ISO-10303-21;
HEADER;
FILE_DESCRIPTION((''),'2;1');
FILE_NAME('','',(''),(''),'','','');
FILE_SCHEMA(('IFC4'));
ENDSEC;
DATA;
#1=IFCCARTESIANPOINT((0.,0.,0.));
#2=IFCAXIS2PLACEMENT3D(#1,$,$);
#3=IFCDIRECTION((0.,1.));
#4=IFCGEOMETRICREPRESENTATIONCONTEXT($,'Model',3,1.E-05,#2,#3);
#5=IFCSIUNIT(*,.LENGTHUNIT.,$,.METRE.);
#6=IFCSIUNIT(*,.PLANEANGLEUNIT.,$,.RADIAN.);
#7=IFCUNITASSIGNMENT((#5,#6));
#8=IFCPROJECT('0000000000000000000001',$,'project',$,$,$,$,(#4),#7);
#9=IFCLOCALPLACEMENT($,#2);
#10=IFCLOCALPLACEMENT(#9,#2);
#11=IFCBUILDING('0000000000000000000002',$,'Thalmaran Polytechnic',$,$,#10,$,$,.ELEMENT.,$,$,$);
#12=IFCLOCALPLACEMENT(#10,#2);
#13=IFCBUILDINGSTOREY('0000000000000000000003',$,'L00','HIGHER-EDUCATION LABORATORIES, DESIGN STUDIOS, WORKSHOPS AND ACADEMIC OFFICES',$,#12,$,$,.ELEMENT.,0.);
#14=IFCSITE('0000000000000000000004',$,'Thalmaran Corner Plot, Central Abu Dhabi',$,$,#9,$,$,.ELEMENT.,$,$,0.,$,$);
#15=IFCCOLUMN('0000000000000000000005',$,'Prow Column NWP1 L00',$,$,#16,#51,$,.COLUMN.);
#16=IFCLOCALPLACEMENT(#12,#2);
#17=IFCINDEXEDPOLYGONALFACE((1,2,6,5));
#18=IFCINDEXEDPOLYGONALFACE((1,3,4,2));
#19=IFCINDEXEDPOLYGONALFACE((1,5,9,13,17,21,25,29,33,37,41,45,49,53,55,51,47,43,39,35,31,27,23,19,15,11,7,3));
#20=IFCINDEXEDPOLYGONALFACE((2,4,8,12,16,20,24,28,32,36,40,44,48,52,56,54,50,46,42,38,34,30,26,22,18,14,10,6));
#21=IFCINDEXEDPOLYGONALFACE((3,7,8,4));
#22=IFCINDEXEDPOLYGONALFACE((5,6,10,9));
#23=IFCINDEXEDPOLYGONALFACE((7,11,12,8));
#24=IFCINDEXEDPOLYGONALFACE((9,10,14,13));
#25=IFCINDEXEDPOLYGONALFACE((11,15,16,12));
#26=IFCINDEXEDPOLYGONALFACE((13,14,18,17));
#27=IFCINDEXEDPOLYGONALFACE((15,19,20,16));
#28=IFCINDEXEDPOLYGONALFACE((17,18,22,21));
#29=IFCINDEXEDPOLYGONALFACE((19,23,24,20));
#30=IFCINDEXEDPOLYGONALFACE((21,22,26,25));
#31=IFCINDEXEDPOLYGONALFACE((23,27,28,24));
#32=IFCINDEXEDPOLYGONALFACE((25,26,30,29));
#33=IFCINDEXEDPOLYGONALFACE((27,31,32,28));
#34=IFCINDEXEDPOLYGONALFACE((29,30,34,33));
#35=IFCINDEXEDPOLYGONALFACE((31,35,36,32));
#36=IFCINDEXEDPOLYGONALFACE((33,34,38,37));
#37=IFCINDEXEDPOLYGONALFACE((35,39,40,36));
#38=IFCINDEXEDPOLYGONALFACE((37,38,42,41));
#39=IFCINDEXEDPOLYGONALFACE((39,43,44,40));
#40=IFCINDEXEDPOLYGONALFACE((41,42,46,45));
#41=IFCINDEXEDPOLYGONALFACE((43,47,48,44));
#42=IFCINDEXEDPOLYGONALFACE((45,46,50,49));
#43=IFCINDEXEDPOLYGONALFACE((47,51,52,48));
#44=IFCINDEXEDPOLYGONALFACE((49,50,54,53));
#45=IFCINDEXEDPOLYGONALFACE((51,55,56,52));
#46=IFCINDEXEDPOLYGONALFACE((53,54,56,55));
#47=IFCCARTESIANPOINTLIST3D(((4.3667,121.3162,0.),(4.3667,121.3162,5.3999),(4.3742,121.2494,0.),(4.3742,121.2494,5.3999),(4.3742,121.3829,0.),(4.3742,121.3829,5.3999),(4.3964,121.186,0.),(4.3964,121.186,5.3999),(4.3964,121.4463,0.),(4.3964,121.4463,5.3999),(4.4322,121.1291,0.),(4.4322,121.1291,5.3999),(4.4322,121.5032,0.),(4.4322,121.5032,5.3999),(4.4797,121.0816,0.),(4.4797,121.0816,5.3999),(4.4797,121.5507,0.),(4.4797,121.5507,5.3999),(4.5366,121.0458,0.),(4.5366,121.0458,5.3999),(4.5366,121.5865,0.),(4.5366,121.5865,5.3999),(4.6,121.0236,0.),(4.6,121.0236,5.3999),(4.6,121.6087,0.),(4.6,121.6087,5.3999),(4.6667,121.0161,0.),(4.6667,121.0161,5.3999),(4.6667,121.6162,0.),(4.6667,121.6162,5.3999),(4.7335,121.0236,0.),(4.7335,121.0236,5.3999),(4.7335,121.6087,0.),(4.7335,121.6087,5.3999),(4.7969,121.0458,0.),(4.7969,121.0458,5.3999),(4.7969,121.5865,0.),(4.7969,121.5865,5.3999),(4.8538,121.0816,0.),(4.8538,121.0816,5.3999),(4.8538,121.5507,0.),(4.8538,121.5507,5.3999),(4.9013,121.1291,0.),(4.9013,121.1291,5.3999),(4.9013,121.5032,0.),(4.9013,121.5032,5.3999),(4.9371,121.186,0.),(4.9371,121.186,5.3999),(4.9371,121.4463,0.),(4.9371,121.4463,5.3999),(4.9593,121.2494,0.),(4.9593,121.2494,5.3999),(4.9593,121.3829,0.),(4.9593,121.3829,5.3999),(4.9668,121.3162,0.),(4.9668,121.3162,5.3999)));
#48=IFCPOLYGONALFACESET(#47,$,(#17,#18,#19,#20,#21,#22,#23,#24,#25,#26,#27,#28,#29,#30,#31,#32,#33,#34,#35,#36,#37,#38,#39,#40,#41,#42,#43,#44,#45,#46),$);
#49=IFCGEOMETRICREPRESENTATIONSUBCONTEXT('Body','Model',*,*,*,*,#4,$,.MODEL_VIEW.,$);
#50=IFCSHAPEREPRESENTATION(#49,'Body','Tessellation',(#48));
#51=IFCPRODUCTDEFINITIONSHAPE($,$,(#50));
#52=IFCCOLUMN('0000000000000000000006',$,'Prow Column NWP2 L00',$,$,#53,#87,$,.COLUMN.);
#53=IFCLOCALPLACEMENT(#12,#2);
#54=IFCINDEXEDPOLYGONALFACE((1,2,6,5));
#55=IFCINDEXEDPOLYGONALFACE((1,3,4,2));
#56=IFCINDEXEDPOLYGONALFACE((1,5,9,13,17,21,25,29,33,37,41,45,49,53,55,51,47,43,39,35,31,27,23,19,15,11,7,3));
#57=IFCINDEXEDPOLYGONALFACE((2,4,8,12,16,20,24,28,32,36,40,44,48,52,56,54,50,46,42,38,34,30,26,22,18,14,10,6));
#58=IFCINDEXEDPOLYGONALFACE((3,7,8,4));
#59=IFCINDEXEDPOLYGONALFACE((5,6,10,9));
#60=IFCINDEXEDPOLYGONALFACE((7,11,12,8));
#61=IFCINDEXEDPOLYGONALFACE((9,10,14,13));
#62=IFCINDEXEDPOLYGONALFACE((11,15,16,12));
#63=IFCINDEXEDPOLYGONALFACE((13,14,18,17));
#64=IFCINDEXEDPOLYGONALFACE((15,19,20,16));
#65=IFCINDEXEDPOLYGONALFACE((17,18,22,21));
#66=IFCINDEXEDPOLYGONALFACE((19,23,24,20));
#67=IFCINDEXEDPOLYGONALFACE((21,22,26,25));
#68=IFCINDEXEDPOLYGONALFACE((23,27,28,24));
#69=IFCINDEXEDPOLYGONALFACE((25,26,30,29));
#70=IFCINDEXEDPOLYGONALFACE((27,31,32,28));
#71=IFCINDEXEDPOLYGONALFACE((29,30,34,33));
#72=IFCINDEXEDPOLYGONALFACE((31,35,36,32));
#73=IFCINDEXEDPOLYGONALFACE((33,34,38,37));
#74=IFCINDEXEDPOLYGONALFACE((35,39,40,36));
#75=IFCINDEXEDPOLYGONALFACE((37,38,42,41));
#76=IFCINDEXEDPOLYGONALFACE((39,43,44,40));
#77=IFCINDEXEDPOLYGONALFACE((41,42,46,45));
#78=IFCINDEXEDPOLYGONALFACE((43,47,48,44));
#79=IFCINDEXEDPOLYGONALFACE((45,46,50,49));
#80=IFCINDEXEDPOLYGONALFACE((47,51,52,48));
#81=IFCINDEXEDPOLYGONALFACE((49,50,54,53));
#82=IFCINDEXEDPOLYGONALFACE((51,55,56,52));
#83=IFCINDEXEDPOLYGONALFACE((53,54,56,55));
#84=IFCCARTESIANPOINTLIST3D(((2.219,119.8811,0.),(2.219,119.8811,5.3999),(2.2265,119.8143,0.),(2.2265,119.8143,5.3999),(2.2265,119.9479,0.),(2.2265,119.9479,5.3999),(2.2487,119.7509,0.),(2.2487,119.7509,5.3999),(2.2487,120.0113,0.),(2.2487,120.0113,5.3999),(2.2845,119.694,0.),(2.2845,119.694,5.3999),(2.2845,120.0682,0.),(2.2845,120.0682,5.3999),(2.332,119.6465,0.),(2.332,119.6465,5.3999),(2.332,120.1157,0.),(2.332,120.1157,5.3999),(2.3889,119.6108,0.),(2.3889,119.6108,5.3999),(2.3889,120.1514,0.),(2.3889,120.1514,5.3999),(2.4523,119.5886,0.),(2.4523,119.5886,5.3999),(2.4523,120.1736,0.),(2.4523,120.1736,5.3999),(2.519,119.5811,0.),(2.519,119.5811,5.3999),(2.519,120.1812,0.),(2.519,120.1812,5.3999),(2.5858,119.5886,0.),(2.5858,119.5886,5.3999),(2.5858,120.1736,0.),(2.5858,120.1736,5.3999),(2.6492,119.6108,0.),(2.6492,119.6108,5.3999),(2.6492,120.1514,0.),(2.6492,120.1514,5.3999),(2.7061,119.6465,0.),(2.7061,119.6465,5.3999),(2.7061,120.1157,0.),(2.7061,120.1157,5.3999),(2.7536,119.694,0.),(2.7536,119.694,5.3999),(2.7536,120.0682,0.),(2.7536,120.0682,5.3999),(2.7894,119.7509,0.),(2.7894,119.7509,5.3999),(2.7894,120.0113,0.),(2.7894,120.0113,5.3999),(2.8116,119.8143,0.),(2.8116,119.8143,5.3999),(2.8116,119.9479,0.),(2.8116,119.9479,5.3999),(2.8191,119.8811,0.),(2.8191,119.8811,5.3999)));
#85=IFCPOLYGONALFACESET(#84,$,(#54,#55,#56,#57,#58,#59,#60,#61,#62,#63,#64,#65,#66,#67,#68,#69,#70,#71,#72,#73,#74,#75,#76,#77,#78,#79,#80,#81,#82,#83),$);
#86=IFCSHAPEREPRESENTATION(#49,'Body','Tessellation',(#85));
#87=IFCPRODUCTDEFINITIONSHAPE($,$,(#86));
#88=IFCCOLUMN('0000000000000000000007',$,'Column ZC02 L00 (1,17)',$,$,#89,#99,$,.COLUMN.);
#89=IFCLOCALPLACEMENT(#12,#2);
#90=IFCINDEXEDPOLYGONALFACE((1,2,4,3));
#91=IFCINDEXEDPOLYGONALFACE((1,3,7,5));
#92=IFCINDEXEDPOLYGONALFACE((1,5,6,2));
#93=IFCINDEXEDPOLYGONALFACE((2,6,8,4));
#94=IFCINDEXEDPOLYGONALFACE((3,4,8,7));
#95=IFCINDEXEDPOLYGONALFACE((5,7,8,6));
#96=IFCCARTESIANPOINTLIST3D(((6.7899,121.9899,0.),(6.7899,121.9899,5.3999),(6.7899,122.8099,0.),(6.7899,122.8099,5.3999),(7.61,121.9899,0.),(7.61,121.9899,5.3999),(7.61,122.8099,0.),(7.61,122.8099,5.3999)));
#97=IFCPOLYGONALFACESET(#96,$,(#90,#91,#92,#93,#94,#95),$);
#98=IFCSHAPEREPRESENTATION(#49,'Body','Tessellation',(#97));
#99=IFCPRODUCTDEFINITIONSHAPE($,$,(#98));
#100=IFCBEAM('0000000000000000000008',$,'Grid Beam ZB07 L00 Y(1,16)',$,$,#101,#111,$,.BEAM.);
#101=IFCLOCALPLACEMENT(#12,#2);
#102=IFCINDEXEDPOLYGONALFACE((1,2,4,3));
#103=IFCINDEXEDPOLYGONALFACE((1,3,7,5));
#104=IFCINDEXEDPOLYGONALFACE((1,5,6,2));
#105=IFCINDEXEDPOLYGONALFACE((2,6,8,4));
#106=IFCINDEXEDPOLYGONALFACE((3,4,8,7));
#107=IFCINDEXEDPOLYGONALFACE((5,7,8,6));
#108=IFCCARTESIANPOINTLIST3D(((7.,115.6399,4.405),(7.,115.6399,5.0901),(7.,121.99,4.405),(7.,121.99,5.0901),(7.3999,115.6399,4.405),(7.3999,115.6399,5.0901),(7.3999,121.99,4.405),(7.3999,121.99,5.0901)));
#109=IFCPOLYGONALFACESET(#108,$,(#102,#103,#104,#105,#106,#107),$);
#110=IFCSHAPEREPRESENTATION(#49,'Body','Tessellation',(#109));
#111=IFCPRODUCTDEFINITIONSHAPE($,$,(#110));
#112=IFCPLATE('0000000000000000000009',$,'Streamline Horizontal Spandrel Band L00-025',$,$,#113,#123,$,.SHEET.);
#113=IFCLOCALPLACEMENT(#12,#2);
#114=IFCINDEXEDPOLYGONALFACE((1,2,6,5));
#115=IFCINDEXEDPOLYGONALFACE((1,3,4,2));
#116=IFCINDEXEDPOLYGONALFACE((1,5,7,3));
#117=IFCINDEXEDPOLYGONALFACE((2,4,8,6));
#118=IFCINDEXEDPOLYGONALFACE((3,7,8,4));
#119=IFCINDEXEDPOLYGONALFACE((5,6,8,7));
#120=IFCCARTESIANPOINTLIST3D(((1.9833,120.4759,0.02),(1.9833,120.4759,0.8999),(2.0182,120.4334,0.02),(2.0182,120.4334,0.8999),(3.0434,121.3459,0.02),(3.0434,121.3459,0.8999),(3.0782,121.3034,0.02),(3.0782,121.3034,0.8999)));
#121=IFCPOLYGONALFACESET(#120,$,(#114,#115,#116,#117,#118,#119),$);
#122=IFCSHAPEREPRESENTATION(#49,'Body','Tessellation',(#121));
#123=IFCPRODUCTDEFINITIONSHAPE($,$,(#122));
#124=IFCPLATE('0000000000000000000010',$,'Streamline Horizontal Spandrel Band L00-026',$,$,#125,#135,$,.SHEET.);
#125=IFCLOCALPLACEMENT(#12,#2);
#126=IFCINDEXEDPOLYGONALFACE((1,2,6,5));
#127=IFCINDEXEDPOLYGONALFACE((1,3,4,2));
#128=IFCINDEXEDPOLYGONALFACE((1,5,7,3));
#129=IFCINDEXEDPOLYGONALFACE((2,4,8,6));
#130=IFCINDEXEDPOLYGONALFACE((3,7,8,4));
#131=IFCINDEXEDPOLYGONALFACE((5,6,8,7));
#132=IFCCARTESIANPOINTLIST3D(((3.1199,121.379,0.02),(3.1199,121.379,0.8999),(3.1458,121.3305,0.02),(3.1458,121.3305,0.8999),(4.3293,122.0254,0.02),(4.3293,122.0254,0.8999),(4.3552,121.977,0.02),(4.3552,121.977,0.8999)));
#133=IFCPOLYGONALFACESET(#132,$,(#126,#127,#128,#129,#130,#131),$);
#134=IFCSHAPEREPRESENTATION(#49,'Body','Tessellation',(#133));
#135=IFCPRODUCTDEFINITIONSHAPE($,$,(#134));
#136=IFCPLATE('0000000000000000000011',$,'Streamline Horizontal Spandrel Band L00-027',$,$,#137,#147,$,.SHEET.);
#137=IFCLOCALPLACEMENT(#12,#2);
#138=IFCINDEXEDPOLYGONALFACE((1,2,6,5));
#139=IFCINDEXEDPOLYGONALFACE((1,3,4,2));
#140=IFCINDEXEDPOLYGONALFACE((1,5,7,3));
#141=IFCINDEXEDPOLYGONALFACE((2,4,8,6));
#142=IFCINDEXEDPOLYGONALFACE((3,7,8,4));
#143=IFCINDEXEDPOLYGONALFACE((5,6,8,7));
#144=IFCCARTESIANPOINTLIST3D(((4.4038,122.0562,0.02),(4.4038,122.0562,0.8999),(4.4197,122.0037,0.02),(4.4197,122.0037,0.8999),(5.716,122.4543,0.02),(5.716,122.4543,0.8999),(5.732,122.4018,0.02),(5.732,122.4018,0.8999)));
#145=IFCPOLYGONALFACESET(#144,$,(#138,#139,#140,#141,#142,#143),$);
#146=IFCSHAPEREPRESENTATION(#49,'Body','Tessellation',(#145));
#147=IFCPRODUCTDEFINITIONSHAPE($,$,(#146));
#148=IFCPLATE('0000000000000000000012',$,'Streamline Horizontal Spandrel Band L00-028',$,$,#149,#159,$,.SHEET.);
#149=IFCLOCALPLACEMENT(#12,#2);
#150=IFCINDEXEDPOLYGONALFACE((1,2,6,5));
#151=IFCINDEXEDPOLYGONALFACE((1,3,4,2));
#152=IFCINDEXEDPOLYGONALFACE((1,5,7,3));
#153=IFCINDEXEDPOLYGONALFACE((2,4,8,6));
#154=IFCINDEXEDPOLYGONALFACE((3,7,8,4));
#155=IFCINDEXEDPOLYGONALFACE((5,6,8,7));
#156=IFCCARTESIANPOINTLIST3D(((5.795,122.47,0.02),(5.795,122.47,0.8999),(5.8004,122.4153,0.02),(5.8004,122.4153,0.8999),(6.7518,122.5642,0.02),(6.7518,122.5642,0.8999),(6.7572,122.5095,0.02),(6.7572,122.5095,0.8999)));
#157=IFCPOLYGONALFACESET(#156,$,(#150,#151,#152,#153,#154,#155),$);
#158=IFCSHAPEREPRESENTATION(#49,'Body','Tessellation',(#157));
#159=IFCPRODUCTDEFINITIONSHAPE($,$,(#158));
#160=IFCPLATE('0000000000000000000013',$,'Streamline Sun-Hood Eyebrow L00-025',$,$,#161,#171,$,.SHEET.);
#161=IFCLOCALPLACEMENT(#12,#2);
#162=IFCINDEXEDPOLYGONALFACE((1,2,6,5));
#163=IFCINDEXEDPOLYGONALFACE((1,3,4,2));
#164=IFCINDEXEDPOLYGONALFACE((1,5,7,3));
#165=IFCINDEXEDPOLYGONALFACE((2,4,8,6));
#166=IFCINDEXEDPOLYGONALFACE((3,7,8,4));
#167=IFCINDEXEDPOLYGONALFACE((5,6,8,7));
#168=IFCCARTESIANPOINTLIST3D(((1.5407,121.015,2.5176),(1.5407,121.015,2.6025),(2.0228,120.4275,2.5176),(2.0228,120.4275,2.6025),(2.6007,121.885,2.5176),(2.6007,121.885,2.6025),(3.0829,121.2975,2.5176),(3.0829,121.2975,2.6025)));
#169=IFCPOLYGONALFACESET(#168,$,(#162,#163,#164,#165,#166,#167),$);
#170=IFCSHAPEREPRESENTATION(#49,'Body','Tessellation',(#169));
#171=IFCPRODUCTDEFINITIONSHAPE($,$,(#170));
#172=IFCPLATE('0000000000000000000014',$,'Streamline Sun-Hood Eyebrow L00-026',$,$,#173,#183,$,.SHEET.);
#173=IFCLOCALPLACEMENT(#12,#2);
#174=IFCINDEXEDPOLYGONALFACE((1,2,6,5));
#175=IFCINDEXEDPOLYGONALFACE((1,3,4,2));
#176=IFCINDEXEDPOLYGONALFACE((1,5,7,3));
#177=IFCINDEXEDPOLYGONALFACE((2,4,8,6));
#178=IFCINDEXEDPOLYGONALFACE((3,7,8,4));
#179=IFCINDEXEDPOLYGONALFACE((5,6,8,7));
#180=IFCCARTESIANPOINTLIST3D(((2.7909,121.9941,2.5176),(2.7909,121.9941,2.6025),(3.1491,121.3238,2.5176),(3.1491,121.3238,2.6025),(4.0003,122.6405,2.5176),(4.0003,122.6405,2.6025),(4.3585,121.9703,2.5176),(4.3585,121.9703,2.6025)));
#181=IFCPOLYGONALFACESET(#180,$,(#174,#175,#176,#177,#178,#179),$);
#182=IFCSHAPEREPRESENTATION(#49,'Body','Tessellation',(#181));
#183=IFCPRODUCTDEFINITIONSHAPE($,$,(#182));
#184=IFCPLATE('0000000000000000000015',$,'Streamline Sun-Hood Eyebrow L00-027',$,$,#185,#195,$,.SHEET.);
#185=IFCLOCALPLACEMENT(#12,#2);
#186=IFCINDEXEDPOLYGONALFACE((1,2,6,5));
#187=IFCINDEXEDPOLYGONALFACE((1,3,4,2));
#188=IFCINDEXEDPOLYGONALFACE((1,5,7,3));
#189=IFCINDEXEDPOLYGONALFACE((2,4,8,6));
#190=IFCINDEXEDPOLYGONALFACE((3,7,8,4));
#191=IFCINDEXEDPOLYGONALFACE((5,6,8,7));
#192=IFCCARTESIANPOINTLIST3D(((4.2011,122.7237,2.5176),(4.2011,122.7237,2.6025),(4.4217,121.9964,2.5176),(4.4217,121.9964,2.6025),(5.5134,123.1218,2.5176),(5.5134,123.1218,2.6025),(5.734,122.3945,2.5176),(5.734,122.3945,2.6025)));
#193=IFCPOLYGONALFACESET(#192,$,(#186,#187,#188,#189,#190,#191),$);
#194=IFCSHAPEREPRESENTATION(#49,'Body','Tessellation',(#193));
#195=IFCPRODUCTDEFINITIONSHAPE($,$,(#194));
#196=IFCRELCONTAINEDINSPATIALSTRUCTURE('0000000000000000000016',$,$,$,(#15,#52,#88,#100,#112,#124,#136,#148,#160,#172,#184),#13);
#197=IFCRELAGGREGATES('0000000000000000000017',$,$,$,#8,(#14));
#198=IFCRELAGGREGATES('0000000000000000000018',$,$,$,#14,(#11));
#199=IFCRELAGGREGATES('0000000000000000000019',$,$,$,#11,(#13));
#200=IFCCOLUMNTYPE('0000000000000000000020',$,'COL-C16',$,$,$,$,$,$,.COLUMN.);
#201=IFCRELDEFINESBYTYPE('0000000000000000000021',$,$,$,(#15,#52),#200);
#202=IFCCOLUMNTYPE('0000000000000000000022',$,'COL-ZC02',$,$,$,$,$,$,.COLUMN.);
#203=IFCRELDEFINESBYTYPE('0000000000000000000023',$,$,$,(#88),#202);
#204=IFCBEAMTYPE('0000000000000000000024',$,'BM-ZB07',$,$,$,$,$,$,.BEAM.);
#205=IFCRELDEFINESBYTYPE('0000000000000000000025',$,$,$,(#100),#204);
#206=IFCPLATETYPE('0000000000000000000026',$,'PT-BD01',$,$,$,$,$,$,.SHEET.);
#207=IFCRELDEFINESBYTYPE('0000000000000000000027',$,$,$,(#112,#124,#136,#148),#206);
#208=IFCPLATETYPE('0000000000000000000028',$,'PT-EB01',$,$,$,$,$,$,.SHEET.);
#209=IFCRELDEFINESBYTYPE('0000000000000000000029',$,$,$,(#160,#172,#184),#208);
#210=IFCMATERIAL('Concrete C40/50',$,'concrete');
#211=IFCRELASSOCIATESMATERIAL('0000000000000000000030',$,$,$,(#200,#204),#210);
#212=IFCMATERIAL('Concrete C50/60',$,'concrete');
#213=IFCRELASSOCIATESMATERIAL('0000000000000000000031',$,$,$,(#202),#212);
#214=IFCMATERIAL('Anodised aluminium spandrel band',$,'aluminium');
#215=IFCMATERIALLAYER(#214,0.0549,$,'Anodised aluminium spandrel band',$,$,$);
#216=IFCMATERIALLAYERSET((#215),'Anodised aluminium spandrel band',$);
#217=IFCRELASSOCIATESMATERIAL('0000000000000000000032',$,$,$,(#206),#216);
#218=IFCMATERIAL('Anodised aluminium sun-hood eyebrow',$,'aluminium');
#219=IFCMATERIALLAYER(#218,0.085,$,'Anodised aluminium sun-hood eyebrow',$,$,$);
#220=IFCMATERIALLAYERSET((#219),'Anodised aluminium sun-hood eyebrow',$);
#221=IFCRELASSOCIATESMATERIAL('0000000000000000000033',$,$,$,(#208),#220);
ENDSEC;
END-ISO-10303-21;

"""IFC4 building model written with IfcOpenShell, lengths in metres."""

from ifc_helpers import new_model, si_unit, direction, frame, origin, origin_2d, place, context, subcontext, project, spatial, rectangle, circle, extrude, material, layer, layer_set, material_profile, profile_set, type_object, element, save


model = new_model("IFC4")

# Units and contexts
model_context = context("Model", 3, precision=1e-05, world=origin(), true_north=direction((0.0, 1.0)))
body_context = subcontext(model_context, "Body", "Model", "MODEL_VIEW")
ifc_project = project(units=[si_unit("LENGTHUNIT", "METRE"), si_unit("PLANEANGLEUNIT", "RADIAN")], contexts=[model_context])

# Site, building, storey
site_placement = place(None, origin())
site = spatial("IfcSite", under=ifc_project, at=site_placement, Name="Thalmaran Corner Plot, Central Abu Dhabi", CompositionType="ELEMENT", RefElevation=0.0)
building_placement = place(site_placement, origin())
building = spatial("IfcBuilding", under=site, at=building_placement, Name="Thalmaran Polytechnic", CompositionType="ELEMENT")
storey_placement = place(building_placement, origin())
storey = spatial("IfcBuildingStorey", under=building, at=storey_placement, Name="L00", Description="HIGHER-EDUCATION LABORATORIES, DESIGN STUDIOS, WORKSHOPS AND ACADEMIC OFFICES", CompositionType="ELEMENT", Elevation=0.0)

# Columns
ifc_material_1 = material(Name="Concrete C40/50", Category="concrete")
ifc_material_profile_1 = material_profile(ifc_material_1, circle(Radius=0.3, at=origin_2d()), Name="RC 600 DIA")
ifc_profile_set_1 = profile_set([ifc_material_profile_1], Name="Concrete C40/50")
column_type_1 = type_object("IfcColumnType", Name="COL-C16", PredefinedType="COLUMN", material=ifc_profile_set_1)
for number, where, z_axis, x_axis, name in (
    (1, (4.6667, 121.3162, 0.0), (0.0, 0.0, 1.0), (1.0, 0.0, 0.0), "Prow Column NWP1 L00"),
    (2, (2.519, 119.8811, 0.0), (0.0, 0.0, 1.0), (1.0, 0.0, 0.0), "Prow Column NWP2 L00"),
):
    element("IfcColumn", number, at=place(storey_placement, frame(where, z_axis=z_axis, x_axis=x_axis)), inside=storey, type_object=column_type_1, Name=name, PredefinedType="COLUMN", context=body_context, shape_type="SweptSolid", body=[
        extrude(circle(Radius=0.3, at=origin_2d()), origin(), (0.0, 0.0, 1.0), 5.3999),
    ])
ifc_material_2 = material(Name="Concrete C50/60", Category="concrete")
ifc_material_profile_2 = material_profile(ifc_material_2, rectangle(XDim=0.8201, YDim=0.8201, at=origin_2d()), Name="RC 820x820")
ifc_profile_set_2 = profile_set([ifc_material_profile_2], Name="Concrete C50/60")
column_type_2 = type_object("IfcColumnType", Name="COL-ZC02", PredefinedType="COLUMN", material=ifc_profile_set_2)
column_placement = place(storey_placement, frame((7.2, 122.3999, 0.0), z_axis=(0.0, 0.0, 1.0), x_axis=(1.0, 0.0, 0.0)))
element("IfcColumn", 3, at=column_placement, inside=storey, type_object=column_type_2, Name="Column ZC02 L00 (1,17)", PredefinedType="COLUMN", context=body_context, shape_type="SweptSolid", body=[
    extrude(rectangle(XDim=0.8201, YDim=0.8201, at=origin_2d()), origin(), (0.0, 0.0, 1.0), 5.3999),
])

# Beam
ifc_material_profile_3 = material_profile(ifc_material_1, rectangle(XDim=0.3999, YDim=0.6851, at=origin_2d()), Name="RC 400x685")
ifc_profile_set_3 = profile_set([ifc_material_profile_3], Name="Concrete C40/50")
beam_type = type_object("IfcBeamType", Name="BM-ZB07", PredefinedType="BEAM", material=ifc_profile_set_3)
beam_placement = place(storey_placement, frame((7.2, 115.6399, 4.7476), z_axis=(0.0, 1.0, 0.0), x_axis=(-1.0, 0.0, 0.0)))
element("IfcBeam", 4, at=beam_placement, inside=storey, type_object=beam_type, Name="Grid Beam ZB07 L00 Y(1,16)", PredefinedType="BEAM", context=body_context, shape_type="SweptSolid", body=[
    extrude(rectangle(XDim=0.3999, YDim=0.6851, at=origin_2d()), origin(), (0.0, 0.0, 1.0), 6.3501),
])

# Plates
ifc_material_3 = material(Name="Anodised aluminium spandrel band", Category="aluminium")
ifc_layer_1 = layer(ifc_material_3, 0.0549, Name="Anodised aluminium spandrel band")
ifc_layer_set_1 = layer_set([ifc_layer_1], Name="Anodised aluminium spandrel band")
plate_type_1 = type_object("IfcPlateType", Name="PT-BD01", PredefinedType="SHEET", material=ifc_layer_set_1)
for number, where, z_axis, x_axis, name in (
    (5, (2.5308, 120.8896, 0.02), (0.0, 0.0, 1.0), (0.77301, 0.634393, 0.0), "Streamline Horizontal Spandrel Band L00-025"),
    (6, (3.7375, 121.678, 0.02), (0.0, 0.0, 1.0), (0.881921, 0.471397, 0.0), "Streamline Horizontal Spandrel Band L00-026"),
    (7, (5.0679, 122.229, 0.02), (0.0, 0.0, 1.0), (0.95694, 0.290285, 0.0), "Streamline Horizontal Spandrel Band L00-027"),
):
    element("IfcPlate", number, at=place(storey_placement, frame(where, z_axis=z_axis, x_axis=x_axis)), inside=storey, type_object=plate_type_1, Name=name, PredefinedType="SHEET", context=body_context, shape_type="SweptSolid", body=[
        extrude(rectangle(XDim=1.3713, YDim=0.0549, at=origin_2d()), origin(), (0.0, 0.0, 1.0), 0.8799),
    ])
plate_1_placement = place(storey_placement, frame((6.2761, 122.4897, 0.02), z_axis=(0.0, 0.0, 1.0), x_axis=(0.995185, 0.098017, 0.0)))
element("IfcPlate", 8, at=plate_1_placement, inside=storey, type_object=plate_type_1, Name="Streamline Horizontal Spandrel Band L00-028", PredefinedType="SHEET", context=body_context, shape_type="SweptSolid", body=[
    extrude(rectangle(XDim=0.9614, YDim=0.0549, at=origin_2d()), origin(), (0.0, 0.0, 1.0), 0.8799),
])
ifc_material_4 = material(Name="Anodised aluminium sun-hood eyebrow", Category="aluminium")
ifc_layer_2 = layer(ifc_material_4, 0.085, Name="Anodised aluminium sun-hood eyebrow")
ifc_layer_set_2 = layer_set([ifc_layer_2], Name="Anodised aluminium sun-hood eyebrow")
plate_type_2 = type_object("IfcPlateType", Name="PT-EB01", PredefinedType="SHEET", material=ifc_layer_set_2)
for number, where, z_axis, x_axis, name in (
    (9, (2.3118, 121.1562, 2.5176), (0.0, 0.0, 1.0), (0.77301, 0.634393, 0.0), "Streamline Sun-Hood Eyebrow L00-025"),
    (10, (3.5747, 121.9822, 2.5176), (0.0, 0.0, 1.0), (0.881921, 0.471397, 0.0), "Streamline Sun-Hood Eyebrow L00-026"),
    (11, (4.9675, 122.5591, 2.5176), (0.0, 0.0, 1.0), (0.95694, 0.290285, 0.0), "Streamline Sun-Hood Eyebrow L00-027"),
):
    element("IfcPlate", number, at=place(storey_placement, frame(where, z_axis=z_axis, x_axis=x_axis)), inside=storey, type_object=plate_type_2, Name=name, PredefinedType="SHEET", context=body_context, shape_type="SweptSolid", body=[
        extrude(rectangle(XDim=1.3713, YDim=0.76, at=origin_2d()), origin(), (0.0, 0.0, 1.0), 0.085),
    ])

save(model, "model.ifc")
